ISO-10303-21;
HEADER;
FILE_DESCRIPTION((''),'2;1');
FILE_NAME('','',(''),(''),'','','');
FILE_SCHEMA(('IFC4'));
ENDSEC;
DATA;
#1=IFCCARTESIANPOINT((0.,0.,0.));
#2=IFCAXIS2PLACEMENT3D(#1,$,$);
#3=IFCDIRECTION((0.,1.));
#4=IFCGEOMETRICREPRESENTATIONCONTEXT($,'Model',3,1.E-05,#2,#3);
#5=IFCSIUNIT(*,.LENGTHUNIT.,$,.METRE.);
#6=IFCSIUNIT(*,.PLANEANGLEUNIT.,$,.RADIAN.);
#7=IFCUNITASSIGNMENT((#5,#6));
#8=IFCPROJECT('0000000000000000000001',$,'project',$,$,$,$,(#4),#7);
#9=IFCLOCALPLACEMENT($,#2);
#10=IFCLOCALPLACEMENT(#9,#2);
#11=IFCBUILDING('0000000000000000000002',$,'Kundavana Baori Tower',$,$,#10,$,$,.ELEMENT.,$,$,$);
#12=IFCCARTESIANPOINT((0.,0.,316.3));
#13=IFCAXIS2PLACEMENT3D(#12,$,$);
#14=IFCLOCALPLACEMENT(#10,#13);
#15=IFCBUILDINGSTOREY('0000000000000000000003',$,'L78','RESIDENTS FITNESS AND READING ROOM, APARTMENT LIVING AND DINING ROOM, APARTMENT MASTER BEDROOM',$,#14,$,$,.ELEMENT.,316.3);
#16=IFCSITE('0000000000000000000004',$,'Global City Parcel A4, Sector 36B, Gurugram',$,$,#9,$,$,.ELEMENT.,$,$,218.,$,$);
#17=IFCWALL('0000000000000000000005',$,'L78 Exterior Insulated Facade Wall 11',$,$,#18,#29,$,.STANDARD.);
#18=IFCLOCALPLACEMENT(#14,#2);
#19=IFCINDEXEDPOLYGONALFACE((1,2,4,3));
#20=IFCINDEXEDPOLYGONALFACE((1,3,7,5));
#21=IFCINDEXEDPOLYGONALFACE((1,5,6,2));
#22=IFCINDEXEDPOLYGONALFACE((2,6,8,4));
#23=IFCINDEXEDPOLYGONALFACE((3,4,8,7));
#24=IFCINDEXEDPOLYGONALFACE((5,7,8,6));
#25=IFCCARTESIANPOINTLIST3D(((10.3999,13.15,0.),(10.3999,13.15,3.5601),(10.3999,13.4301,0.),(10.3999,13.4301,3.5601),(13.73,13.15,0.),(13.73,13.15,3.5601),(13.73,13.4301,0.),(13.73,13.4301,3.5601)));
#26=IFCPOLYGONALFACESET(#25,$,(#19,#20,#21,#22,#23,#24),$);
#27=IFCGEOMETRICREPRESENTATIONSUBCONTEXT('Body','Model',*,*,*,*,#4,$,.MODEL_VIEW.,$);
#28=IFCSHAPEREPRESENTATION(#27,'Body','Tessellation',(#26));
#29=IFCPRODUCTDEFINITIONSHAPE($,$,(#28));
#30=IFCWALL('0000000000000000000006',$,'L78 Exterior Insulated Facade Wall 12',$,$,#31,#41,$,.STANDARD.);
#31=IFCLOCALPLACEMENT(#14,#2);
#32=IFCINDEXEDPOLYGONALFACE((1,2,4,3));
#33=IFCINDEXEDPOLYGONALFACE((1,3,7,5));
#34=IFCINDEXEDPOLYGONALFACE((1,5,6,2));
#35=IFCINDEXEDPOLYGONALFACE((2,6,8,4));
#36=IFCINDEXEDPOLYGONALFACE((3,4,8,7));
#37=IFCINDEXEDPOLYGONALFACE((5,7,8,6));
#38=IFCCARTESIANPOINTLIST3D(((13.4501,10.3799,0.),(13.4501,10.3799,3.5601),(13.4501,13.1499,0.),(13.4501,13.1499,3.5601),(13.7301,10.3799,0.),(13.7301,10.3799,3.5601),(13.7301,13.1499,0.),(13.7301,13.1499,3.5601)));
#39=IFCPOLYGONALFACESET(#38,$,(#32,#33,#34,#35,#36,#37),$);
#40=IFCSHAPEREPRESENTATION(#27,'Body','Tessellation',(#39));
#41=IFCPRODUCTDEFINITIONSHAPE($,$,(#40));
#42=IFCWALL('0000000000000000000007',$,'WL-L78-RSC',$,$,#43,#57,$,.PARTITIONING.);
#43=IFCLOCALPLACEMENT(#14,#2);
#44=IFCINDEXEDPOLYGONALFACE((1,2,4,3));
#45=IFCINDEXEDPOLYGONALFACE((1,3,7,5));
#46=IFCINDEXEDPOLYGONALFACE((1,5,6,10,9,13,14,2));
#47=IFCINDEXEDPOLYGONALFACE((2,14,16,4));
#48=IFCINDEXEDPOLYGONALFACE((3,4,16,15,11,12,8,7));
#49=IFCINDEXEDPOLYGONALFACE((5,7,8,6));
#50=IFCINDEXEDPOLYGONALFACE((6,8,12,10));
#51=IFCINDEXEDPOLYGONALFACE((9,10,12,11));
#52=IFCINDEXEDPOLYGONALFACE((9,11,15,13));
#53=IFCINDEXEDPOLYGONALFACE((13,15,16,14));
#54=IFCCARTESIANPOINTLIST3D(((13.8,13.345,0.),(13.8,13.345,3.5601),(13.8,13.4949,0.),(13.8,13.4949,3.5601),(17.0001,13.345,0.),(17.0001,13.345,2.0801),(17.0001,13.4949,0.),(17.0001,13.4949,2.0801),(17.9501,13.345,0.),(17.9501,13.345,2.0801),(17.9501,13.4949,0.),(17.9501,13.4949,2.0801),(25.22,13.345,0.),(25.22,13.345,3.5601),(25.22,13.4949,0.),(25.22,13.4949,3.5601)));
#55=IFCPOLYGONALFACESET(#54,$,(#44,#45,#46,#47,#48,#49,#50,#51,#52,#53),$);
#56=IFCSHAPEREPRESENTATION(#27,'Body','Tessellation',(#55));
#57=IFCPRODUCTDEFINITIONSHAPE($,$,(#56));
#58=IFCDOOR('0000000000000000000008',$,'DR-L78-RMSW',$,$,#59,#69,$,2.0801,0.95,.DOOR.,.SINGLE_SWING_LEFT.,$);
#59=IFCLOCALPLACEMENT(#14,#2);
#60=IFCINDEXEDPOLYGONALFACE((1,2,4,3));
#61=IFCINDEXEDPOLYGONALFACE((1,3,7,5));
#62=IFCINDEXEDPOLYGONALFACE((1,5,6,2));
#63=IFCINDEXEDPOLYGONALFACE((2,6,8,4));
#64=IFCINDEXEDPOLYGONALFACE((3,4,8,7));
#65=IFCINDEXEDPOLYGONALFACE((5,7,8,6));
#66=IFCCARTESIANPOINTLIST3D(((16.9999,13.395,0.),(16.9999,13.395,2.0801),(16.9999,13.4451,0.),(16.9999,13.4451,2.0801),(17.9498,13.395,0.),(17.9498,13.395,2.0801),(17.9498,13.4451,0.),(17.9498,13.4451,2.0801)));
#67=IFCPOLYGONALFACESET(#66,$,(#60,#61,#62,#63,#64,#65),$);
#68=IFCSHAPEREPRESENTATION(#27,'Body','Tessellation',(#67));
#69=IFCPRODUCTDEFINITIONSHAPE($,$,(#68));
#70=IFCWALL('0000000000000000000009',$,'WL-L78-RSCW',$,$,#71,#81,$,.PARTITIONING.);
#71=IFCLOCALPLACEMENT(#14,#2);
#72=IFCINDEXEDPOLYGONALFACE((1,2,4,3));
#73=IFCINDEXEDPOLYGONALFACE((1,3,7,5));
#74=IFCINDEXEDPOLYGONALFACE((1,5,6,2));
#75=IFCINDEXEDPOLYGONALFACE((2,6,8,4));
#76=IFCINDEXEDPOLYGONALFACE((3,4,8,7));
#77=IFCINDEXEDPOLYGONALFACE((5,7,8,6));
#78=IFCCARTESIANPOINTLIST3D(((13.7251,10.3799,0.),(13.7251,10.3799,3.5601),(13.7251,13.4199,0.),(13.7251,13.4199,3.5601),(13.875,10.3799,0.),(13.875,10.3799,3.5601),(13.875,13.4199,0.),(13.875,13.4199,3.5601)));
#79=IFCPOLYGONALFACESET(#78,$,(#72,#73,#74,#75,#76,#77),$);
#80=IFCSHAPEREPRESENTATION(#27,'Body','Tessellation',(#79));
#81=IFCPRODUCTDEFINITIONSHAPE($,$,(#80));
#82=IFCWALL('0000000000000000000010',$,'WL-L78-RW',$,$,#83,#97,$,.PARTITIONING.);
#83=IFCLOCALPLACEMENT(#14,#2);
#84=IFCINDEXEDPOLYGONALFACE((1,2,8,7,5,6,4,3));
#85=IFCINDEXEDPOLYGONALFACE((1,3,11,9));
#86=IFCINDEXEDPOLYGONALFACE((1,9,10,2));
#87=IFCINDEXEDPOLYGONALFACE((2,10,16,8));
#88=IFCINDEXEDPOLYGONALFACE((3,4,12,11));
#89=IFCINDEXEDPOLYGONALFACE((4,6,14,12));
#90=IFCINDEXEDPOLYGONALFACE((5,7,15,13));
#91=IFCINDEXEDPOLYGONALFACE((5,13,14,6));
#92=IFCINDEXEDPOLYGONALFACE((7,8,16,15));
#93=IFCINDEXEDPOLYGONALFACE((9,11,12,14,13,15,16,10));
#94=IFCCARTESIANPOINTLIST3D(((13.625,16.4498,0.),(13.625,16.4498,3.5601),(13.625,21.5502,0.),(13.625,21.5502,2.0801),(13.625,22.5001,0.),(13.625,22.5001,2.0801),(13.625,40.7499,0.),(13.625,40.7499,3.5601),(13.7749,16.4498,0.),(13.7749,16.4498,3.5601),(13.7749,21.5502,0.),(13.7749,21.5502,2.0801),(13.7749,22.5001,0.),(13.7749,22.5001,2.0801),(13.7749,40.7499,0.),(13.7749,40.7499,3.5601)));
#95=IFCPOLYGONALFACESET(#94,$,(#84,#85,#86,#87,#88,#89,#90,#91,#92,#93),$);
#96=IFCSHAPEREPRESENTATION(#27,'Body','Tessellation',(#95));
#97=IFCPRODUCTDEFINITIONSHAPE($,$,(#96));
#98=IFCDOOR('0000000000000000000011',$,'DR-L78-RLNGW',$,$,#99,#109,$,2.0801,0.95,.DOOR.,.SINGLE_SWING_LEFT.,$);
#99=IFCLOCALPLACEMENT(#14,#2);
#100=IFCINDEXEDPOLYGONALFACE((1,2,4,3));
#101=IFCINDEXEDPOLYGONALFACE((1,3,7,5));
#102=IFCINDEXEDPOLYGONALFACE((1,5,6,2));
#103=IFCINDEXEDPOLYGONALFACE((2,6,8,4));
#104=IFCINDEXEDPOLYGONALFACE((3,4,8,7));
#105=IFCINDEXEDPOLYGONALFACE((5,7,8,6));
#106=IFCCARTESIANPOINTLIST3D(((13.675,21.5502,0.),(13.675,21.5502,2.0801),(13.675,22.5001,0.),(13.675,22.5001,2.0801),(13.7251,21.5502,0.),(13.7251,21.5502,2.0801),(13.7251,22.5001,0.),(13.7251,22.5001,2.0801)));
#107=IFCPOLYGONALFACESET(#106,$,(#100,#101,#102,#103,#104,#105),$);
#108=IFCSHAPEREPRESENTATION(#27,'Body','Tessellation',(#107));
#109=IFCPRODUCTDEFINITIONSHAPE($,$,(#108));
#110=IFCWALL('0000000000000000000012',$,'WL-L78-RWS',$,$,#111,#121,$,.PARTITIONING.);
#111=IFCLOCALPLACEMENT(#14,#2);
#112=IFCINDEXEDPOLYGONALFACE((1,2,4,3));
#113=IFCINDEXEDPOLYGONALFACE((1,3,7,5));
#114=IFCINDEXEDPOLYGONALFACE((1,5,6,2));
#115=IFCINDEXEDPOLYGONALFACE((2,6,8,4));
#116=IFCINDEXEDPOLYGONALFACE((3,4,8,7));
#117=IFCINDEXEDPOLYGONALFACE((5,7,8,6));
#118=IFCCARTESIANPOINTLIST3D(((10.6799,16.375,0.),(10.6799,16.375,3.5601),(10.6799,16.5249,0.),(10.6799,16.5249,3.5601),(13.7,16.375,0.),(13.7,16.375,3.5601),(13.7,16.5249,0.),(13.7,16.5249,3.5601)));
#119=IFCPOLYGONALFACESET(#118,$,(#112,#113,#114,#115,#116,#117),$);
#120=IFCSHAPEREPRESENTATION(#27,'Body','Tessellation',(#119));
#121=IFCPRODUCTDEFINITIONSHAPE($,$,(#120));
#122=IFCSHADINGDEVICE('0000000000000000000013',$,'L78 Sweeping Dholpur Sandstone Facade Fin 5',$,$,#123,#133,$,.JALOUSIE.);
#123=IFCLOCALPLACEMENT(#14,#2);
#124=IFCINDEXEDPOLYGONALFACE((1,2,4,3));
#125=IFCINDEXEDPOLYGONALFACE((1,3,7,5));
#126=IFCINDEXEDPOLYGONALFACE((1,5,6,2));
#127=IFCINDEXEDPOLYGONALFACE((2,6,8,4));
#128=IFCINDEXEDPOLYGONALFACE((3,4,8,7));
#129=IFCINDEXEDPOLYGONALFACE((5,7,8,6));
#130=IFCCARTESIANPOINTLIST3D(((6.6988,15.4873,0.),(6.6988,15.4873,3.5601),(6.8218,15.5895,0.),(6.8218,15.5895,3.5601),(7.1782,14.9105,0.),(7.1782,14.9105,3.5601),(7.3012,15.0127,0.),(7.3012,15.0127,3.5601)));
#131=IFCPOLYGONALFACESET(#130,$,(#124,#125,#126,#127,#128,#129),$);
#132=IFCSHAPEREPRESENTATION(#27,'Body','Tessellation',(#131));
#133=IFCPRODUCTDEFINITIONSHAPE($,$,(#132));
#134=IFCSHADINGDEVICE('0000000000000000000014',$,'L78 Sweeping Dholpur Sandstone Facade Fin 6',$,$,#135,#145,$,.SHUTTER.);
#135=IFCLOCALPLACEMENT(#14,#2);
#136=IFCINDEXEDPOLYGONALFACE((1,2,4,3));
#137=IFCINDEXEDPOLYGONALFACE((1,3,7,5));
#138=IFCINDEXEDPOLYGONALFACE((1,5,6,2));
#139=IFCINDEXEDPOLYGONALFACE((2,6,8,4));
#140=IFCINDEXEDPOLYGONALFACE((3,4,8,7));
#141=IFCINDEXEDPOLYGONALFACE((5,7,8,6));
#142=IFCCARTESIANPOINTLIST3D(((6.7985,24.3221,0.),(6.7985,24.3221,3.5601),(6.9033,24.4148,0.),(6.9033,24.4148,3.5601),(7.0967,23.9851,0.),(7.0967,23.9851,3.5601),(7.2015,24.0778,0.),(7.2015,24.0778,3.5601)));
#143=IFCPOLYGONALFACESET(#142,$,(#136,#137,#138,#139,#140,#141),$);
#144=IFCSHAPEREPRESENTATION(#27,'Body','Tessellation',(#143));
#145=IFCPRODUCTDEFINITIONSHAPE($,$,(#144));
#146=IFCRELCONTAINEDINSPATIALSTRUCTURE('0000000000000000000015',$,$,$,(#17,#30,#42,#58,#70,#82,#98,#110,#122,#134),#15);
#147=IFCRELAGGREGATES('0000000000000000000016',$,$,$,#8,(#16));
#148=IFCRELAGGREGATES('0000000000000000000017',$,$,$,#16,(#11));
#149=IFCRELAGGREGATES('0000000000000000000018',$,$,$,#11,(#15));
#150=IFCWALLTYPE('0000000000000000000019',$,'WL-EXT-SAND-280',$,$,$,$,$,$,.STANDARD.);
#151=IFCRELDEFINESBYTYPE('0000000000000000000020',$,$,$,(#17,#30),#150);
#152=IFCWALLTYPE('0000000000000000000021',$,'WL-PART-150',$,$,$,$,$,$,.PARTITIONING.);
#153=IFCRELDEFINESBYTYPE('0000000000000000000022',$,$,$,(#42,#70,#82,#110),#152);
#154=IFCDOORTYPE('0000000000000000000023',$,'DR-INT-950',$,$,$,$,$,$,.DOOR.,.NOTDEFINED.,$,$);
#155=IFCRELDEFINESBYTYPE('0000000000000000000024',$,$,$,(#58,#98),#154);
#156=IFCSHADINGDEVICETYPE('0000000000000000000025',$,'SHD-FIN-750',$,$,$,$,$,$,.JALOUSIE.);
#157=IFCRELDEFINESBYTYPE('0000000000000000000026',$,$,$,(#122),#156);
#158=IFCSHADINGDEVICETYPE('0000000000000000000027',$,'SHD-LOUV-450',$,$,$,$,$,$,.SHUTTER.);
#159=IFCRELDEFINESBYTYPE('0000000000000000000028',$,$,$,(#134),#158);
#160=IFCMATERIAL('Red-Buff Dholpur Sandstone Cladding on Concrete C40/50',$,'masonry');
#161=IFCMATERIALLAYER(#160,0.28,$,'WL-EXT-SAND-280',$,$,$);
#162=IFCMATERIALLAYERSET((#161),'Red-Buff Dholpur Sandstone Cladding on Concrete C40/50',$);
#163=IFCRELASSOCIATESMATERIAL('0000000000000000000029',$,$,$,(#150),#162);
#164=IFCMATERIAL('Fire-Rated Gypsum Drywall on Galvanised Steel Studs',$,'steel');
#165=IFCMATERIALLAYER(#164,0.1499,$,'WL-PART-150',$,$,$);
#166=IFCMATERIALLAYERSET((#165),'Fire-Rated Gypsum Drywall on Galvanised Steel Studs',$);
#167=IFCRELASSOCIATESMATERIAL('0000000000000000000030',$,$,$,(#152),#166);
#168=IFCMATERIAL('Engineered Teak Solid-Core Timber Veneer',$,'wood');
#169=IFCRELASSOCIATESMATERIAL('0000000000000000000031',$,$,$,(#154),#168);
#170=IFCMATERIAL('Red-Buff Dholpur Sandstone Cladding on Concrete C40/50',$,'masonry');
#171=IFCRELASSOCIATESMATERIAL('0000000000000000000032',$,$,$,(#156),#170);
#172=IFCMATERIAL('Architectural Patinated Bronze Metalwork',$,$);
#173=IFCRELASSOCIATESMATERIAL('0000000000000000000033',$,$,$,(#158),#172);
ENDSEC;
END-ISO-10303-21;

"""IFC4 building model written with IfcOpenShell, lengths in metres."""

from ifc_helpers import new_model, si_unit, direction, frame, frame_2d, origin, origin_2d, place, context, subcontext, project, spatial, rectangle, extrude, material, layer, layer_set, type_object, element, fill, save


model = new_model("IFC4")

# Units and contexts
model_context = context("Model", 3, precision=1e-05, world=origin(), true_north=direction((0.0, 1.0)))
body_context = subcontext(model_context, "Body", "Model", "MODEL_VIEW")
ifc_project = project(units=[si_unit("LENGTHUNIT", "METRE"), si_unit("PLANEANGLEUNIT", "RADIAN")], contexts=[model_context])

# Site, building, storey
site_placement = place(None, origin())
site = spatial("IfcSite", under=ifc_project, at=site_placement, Name="Global City Parcel A4, Sector 36B, Gurugram", CompositionType="ELEMENT", RefElevation=218.0)
building_placement = place(site_placement, origin())
building = spatial("IfcBuilding", under=site, at=building_placement, Name="Kundavana Baori Tower", CompositionType="ELEMENT")
storey_placement = place(building_placement, frame((0.0, 0.0, 316.3)))
storey = spatial("IfcBuildingStorey", under=building, at=storey_placement, Name="L78", Description="RESIDENTS FITNESS AND READING ROOM, APARTMENT LIVING AND DINING ROOM, APARTMENT MASTER BEDROOM", CompositionType="ELEMENT", Elevation=316.3)

# Shared definitions
ifc_material_1 = material(Name="Red-Buff Dholpur Sandstone Cladding on Concrete C40/50", Category="masonry")
ifc_layer_1 = layer(ifc_material_1, 0.28, Name="WL-EXT-SAND-280")
ifc_layer_set_1 = layer_set([ifc_layer_1], Name="Red-Buff Dholpur Sandstone Cladding on Concrete C40/50")
wall_type_1 = type_object("IfcWallType", Name="WL-EXT-SAND-280", PredefinedType="STANDARD", material=ifc_layer_set_1)

# Walls
wall_1_placement = place(storey_placement, frame((10.3999, 13.29, 0.0), z_axis=(0.0, 0.0, 1.0), x_axis=(1.0, 0.0, 0.0)))
element("IfcWall", 1, at=wall_1_placement, inside=storey, type_object=wall_type_1, Name="L78 Exterior Insulated Facade Wall 11", PredefinedType="STANDARD", context=body_context, shape_type="SweptSolid", body=[
    extrude(rectangle(XDim=3.3301, YDim=0.28, at=frame_2d((1.665, 0.0))), origin(), (0.0, 0.0, 1.0), 3.5601),
])
wall_2_placement = place(storey_placement, frame((13.5901, 13.1499, 0.0), z_axis=(0.0, 0.0, 1.0), x_axis=(0.0, -1.0, 0.0)))
element("IfcWall", 2, at=wall_2_placement, inside=storey, type_object=wall_type_1, Name="L78 Exterior Insulated Facade Wall 12", PredefinedType="STANDARD", context=body_context, shape_type="SweptSolid", body=[
    extrude(rectangle(XDim=2.77, YDim=0.28, at=frame_2d((1.385, 0.0))), origin(), (0.0, 0.0, 1.0), 3.5601),
])

# Wall, opening, door
ifc_material_2 = material(Name="Fire-Rated Gypsum Drywall on Galvanised Steel Studs", Category="steel")
ifc_layer_2 = layer(ifc_material_2, 0.1499, Name="WL-PART-150")
ifc_layer_set_2 = layer_set([ifc_layer_2], Name="Fire-Rated Gypsum Drywall on Galvanised Steel Studs")
wall_type_2 = type_object("IfcWallType", Name="WL-PART-150", PredefinedType="PARTITIONING", material=ifc_layer_set_2)
wall_3_placement = place(storey_placement, frame((13.8, 13.4199, 0.0), z_axis=(0.0, 0.0, 1.0), x_axis=(1.0, 0.0, 0.0)))
wall_3 = element("IfcWall", 3, at=wall_3_placement, inside=storey, type_object=wall_type_2, Name="WL-L78-RSC", PredefinedType="PARTITIONING", context=body_context, shape_type="SweptSolid", body=[
    extrude(rectangle(XDim=11.4199, YDim=0.1499, at=frame_2d((5.71, 0.0))), origin(), (0.0, 0.0, 1.0), 3.5601),
])
opening_1_placement = place(wall_3_placement, frame((3.2, 0.0, 0.0)))
opening_1 = element("IfcOpeningElement", 4, at=opening_1_placement, cuts=wall_3, PredefinedType="OPENING", context=body_context, shape_type="SweptSolid", body=[
    extrude(rectangle(XDim=0.95, YDim=2.0801, at=frame_2d((0.4751, 1.04))), frame((0.0, 0.085, 0.0), z_axis=(0.0, -1.0, 0.0), x_axis=(1.0, 0.0, 0.0)), (0.0, 0.0, 1.0), 0.1699),
])
ifc_material_3 = material(Name="Engineered Teak Solid-Core Timber Veneer", Category="wood")
door_type_1 = type_object("IfcDoorType", Name="DR-INT-950", OperationType="NOTDEFINED", PredefinedType="DOOR", material=ifc_material_3)
door_1_placement = place(opening_1_placement, frame((0.95, 0.0, 0.0), z_axis=(0.0, 0.0, 1.0), x_axis=(-1.0, 0.0, 0.0)))
door_1 = element("IfcDoor", 5, at=door_1_placement, inside=storey, type_object=door_type_1, Name="DR-L78-RMSW", OperationType="SINGLE_SWING_LEFT", OverallHeight=2.0801, OverallWidth=0.95, PredefinedType="DOOR", context=body_context, shape_type="SweptSolid", body=[
    extrude(rectangle(XDim=0.95, YDim=2.0801, at=frame_2d((0.4751, 1.04))), frame((0.0, 0.0249, 0.0), z_axis=(0.0, -1.0, 0.0), x_axis=(1.0, 0.0, 0.0)), (0.0, 0.0, 1.0), 0.05),
])
fill(opening_1, door_1)

# Wall
wall_4_placement = place(storey_placement, frame((13.8, 10.3799, 0.0), z_axis=(0.0, 0.0, 1.0), x_axis=(0.0, 1.0, 0.0)))
element("IfcWall", 6, at=wall_4_placement, inside=storey, type_object=wall_type_2, Name="WL-L78-RSCW", PredefinedType="PARTITIONING", context=body_context, shape_type="SweptSolid", body=[
    extrude(rectangle(XDim=3.04, YDim=0.1499, at=frame_2d((1.52, 0.0))), origin(), (0.0, 0.0, 1.0), 3.5601),
])

# Wall, opening, door
wall_5_placement = place(storey_placement, frame((13.7, 16.45, 0.0), z_axis=(0.0, 0.0, 1.0), x_axis=(0.0, 1.0, 0.0)))
wall_5 = element("IfcWall", 7, at=wall_5_placement, inside=storey, type_object=wall_type_2, Name="WL-L78-RW", PredefinedType="PARTITIONING", context=body_context, shape_type="SweptSolid", body=[
    extrude(rectangle(XDim=24.3, YDim=0.1499, at=frame_2d((12.1499, 0.0))), origin(), (0.0, 0.0, 1.0), 3.5601),
])
opening_2_placement = place(wall_5_placement, frame((5.1001, 0.0, 0.0)))
opening_2 = element("IfcOpeningElement", 8, at=opening_2_placement, cuts=wall_5, PredefinedType="OPENING", context=body_context, shape_type="SweptSolid", body=[
    extrude(rectangle(XDim=0.95, YDim=2.0801, at=frame_2d((0.4751, 1.04))), frame((0.0, 0.085, 0.0), z_axis=(0.0, -1.0, 0.0), x_axis=(1.0, 0.0, 0.0)), (0.0, 0.0, 1.0), 0.1699),
])
door_2_placement = place(opening_2_placement, origin())
door_2 = element("IfcDoor", 9, at=door_2_placement, inside=storey, type_object=door_type_1, Name="DR-L78-RLNGW", OperationType="SINGLE_SWING_LEFT", OverallHeight=2.0801, OverallWidth=0.95, PredefinedType="DOOR", context=body_context, shape_type="SweptSolid", body=[
    extrude(rectangle(XDim=0.95, YDim=2.0801, at=frame_2d((0.4751, 1.04))), frame((0.0, 0.0249, 0.0), z_axis=(0.0, -1.0, 0.0), x_axis=(1.0, 0.0, 0.0)), (0.0, 0.0, 1.0), 0.05),
])
fill(opening_2, door_2)

# Wall
wall_6_placement = place(storey_placement, frame((10.6799, 16.45, 0.0), z_axis=(0.0, 0.0, 1.0), x_axis=(1.0, 0.0, 0.0)))
element("IfcWall", 10, at=wall_6_placement, inside=storey, type_object=wall_type_2, Name="WL-L78-RWS", PredefinedType="PARTITIONING", context=body_context, shape_type="SweptSolid", body=[
    extrude(rectangle(XDim=3.02, YDim=0.1499, at=frame_2d((1.51, 0.0))), origin(), (0.0, 0.0, 1.0), 3.5601),
])

# Shading devices
ifc_material_4 = material(Name="Red-Buff Dholpur Sandstone Cladding on Concrete C40/50", Category="masonry")
shading_device_type_1 = type_object("IfcShadingDeviceType", Name="SHD-FIN-750", PredefinedType="JALOUSIE", material=ifc_material_4)
shading_device_1_placement = place(storey_placement, frame((7.0, 15.25, 0.0), z_axis=(0.0, 0.0, 1.0), x_axis=(0.769065, 0.639171, 0.0)))
element("IfcShadingDevice", 11, at=shading_device_1_placement, inside=storey, type_object=shading_device_type_1, Name="L78 Sweeping Dholpur Sandstone Facade Fin 5", PredefinedType="JALOUSIE", context=body_context, shape_type="SweptSolid", body=[
    extrude(rectangle(XDim=0.1599, YDim=0.75, at=origin_2d()), origin(), (0.0, 0.0, 1.0), 3.5601),
])
ifc_material_5 = material(Name="Architectural Patinated Bronze Metalwork")
shading_device_type_2 = type_object("IfcShadingDeviceType", Name="SHD-LOUV-450", PredefinedType="SHUTTER", material=ifc_material_5)
shading_device_2_placement = place(storey_placement, frame((7.0, 24.2, 0.0), z_axis=(0.0, 0.0, 1.0), x_axis=(0.74884, 0.662751, 0.0)))
element("IfcShadingDevice", 12, at=shading_device_2_placement, inside=storey, type_object=shading_device_type_2, Name="L78 Sweeping Dholpur Sandstone Facade Fin 6", PredefinedType="SHUTTER", context=body_context, shape_type="SweptSolid", body=[
    extrude(rectangle(XDim=0.1399, YDim=0.45, at=origin_2d()), origin(), (0.0, 0.0, 1.0), 3.5601),
])

save(model, "model.ifc")
